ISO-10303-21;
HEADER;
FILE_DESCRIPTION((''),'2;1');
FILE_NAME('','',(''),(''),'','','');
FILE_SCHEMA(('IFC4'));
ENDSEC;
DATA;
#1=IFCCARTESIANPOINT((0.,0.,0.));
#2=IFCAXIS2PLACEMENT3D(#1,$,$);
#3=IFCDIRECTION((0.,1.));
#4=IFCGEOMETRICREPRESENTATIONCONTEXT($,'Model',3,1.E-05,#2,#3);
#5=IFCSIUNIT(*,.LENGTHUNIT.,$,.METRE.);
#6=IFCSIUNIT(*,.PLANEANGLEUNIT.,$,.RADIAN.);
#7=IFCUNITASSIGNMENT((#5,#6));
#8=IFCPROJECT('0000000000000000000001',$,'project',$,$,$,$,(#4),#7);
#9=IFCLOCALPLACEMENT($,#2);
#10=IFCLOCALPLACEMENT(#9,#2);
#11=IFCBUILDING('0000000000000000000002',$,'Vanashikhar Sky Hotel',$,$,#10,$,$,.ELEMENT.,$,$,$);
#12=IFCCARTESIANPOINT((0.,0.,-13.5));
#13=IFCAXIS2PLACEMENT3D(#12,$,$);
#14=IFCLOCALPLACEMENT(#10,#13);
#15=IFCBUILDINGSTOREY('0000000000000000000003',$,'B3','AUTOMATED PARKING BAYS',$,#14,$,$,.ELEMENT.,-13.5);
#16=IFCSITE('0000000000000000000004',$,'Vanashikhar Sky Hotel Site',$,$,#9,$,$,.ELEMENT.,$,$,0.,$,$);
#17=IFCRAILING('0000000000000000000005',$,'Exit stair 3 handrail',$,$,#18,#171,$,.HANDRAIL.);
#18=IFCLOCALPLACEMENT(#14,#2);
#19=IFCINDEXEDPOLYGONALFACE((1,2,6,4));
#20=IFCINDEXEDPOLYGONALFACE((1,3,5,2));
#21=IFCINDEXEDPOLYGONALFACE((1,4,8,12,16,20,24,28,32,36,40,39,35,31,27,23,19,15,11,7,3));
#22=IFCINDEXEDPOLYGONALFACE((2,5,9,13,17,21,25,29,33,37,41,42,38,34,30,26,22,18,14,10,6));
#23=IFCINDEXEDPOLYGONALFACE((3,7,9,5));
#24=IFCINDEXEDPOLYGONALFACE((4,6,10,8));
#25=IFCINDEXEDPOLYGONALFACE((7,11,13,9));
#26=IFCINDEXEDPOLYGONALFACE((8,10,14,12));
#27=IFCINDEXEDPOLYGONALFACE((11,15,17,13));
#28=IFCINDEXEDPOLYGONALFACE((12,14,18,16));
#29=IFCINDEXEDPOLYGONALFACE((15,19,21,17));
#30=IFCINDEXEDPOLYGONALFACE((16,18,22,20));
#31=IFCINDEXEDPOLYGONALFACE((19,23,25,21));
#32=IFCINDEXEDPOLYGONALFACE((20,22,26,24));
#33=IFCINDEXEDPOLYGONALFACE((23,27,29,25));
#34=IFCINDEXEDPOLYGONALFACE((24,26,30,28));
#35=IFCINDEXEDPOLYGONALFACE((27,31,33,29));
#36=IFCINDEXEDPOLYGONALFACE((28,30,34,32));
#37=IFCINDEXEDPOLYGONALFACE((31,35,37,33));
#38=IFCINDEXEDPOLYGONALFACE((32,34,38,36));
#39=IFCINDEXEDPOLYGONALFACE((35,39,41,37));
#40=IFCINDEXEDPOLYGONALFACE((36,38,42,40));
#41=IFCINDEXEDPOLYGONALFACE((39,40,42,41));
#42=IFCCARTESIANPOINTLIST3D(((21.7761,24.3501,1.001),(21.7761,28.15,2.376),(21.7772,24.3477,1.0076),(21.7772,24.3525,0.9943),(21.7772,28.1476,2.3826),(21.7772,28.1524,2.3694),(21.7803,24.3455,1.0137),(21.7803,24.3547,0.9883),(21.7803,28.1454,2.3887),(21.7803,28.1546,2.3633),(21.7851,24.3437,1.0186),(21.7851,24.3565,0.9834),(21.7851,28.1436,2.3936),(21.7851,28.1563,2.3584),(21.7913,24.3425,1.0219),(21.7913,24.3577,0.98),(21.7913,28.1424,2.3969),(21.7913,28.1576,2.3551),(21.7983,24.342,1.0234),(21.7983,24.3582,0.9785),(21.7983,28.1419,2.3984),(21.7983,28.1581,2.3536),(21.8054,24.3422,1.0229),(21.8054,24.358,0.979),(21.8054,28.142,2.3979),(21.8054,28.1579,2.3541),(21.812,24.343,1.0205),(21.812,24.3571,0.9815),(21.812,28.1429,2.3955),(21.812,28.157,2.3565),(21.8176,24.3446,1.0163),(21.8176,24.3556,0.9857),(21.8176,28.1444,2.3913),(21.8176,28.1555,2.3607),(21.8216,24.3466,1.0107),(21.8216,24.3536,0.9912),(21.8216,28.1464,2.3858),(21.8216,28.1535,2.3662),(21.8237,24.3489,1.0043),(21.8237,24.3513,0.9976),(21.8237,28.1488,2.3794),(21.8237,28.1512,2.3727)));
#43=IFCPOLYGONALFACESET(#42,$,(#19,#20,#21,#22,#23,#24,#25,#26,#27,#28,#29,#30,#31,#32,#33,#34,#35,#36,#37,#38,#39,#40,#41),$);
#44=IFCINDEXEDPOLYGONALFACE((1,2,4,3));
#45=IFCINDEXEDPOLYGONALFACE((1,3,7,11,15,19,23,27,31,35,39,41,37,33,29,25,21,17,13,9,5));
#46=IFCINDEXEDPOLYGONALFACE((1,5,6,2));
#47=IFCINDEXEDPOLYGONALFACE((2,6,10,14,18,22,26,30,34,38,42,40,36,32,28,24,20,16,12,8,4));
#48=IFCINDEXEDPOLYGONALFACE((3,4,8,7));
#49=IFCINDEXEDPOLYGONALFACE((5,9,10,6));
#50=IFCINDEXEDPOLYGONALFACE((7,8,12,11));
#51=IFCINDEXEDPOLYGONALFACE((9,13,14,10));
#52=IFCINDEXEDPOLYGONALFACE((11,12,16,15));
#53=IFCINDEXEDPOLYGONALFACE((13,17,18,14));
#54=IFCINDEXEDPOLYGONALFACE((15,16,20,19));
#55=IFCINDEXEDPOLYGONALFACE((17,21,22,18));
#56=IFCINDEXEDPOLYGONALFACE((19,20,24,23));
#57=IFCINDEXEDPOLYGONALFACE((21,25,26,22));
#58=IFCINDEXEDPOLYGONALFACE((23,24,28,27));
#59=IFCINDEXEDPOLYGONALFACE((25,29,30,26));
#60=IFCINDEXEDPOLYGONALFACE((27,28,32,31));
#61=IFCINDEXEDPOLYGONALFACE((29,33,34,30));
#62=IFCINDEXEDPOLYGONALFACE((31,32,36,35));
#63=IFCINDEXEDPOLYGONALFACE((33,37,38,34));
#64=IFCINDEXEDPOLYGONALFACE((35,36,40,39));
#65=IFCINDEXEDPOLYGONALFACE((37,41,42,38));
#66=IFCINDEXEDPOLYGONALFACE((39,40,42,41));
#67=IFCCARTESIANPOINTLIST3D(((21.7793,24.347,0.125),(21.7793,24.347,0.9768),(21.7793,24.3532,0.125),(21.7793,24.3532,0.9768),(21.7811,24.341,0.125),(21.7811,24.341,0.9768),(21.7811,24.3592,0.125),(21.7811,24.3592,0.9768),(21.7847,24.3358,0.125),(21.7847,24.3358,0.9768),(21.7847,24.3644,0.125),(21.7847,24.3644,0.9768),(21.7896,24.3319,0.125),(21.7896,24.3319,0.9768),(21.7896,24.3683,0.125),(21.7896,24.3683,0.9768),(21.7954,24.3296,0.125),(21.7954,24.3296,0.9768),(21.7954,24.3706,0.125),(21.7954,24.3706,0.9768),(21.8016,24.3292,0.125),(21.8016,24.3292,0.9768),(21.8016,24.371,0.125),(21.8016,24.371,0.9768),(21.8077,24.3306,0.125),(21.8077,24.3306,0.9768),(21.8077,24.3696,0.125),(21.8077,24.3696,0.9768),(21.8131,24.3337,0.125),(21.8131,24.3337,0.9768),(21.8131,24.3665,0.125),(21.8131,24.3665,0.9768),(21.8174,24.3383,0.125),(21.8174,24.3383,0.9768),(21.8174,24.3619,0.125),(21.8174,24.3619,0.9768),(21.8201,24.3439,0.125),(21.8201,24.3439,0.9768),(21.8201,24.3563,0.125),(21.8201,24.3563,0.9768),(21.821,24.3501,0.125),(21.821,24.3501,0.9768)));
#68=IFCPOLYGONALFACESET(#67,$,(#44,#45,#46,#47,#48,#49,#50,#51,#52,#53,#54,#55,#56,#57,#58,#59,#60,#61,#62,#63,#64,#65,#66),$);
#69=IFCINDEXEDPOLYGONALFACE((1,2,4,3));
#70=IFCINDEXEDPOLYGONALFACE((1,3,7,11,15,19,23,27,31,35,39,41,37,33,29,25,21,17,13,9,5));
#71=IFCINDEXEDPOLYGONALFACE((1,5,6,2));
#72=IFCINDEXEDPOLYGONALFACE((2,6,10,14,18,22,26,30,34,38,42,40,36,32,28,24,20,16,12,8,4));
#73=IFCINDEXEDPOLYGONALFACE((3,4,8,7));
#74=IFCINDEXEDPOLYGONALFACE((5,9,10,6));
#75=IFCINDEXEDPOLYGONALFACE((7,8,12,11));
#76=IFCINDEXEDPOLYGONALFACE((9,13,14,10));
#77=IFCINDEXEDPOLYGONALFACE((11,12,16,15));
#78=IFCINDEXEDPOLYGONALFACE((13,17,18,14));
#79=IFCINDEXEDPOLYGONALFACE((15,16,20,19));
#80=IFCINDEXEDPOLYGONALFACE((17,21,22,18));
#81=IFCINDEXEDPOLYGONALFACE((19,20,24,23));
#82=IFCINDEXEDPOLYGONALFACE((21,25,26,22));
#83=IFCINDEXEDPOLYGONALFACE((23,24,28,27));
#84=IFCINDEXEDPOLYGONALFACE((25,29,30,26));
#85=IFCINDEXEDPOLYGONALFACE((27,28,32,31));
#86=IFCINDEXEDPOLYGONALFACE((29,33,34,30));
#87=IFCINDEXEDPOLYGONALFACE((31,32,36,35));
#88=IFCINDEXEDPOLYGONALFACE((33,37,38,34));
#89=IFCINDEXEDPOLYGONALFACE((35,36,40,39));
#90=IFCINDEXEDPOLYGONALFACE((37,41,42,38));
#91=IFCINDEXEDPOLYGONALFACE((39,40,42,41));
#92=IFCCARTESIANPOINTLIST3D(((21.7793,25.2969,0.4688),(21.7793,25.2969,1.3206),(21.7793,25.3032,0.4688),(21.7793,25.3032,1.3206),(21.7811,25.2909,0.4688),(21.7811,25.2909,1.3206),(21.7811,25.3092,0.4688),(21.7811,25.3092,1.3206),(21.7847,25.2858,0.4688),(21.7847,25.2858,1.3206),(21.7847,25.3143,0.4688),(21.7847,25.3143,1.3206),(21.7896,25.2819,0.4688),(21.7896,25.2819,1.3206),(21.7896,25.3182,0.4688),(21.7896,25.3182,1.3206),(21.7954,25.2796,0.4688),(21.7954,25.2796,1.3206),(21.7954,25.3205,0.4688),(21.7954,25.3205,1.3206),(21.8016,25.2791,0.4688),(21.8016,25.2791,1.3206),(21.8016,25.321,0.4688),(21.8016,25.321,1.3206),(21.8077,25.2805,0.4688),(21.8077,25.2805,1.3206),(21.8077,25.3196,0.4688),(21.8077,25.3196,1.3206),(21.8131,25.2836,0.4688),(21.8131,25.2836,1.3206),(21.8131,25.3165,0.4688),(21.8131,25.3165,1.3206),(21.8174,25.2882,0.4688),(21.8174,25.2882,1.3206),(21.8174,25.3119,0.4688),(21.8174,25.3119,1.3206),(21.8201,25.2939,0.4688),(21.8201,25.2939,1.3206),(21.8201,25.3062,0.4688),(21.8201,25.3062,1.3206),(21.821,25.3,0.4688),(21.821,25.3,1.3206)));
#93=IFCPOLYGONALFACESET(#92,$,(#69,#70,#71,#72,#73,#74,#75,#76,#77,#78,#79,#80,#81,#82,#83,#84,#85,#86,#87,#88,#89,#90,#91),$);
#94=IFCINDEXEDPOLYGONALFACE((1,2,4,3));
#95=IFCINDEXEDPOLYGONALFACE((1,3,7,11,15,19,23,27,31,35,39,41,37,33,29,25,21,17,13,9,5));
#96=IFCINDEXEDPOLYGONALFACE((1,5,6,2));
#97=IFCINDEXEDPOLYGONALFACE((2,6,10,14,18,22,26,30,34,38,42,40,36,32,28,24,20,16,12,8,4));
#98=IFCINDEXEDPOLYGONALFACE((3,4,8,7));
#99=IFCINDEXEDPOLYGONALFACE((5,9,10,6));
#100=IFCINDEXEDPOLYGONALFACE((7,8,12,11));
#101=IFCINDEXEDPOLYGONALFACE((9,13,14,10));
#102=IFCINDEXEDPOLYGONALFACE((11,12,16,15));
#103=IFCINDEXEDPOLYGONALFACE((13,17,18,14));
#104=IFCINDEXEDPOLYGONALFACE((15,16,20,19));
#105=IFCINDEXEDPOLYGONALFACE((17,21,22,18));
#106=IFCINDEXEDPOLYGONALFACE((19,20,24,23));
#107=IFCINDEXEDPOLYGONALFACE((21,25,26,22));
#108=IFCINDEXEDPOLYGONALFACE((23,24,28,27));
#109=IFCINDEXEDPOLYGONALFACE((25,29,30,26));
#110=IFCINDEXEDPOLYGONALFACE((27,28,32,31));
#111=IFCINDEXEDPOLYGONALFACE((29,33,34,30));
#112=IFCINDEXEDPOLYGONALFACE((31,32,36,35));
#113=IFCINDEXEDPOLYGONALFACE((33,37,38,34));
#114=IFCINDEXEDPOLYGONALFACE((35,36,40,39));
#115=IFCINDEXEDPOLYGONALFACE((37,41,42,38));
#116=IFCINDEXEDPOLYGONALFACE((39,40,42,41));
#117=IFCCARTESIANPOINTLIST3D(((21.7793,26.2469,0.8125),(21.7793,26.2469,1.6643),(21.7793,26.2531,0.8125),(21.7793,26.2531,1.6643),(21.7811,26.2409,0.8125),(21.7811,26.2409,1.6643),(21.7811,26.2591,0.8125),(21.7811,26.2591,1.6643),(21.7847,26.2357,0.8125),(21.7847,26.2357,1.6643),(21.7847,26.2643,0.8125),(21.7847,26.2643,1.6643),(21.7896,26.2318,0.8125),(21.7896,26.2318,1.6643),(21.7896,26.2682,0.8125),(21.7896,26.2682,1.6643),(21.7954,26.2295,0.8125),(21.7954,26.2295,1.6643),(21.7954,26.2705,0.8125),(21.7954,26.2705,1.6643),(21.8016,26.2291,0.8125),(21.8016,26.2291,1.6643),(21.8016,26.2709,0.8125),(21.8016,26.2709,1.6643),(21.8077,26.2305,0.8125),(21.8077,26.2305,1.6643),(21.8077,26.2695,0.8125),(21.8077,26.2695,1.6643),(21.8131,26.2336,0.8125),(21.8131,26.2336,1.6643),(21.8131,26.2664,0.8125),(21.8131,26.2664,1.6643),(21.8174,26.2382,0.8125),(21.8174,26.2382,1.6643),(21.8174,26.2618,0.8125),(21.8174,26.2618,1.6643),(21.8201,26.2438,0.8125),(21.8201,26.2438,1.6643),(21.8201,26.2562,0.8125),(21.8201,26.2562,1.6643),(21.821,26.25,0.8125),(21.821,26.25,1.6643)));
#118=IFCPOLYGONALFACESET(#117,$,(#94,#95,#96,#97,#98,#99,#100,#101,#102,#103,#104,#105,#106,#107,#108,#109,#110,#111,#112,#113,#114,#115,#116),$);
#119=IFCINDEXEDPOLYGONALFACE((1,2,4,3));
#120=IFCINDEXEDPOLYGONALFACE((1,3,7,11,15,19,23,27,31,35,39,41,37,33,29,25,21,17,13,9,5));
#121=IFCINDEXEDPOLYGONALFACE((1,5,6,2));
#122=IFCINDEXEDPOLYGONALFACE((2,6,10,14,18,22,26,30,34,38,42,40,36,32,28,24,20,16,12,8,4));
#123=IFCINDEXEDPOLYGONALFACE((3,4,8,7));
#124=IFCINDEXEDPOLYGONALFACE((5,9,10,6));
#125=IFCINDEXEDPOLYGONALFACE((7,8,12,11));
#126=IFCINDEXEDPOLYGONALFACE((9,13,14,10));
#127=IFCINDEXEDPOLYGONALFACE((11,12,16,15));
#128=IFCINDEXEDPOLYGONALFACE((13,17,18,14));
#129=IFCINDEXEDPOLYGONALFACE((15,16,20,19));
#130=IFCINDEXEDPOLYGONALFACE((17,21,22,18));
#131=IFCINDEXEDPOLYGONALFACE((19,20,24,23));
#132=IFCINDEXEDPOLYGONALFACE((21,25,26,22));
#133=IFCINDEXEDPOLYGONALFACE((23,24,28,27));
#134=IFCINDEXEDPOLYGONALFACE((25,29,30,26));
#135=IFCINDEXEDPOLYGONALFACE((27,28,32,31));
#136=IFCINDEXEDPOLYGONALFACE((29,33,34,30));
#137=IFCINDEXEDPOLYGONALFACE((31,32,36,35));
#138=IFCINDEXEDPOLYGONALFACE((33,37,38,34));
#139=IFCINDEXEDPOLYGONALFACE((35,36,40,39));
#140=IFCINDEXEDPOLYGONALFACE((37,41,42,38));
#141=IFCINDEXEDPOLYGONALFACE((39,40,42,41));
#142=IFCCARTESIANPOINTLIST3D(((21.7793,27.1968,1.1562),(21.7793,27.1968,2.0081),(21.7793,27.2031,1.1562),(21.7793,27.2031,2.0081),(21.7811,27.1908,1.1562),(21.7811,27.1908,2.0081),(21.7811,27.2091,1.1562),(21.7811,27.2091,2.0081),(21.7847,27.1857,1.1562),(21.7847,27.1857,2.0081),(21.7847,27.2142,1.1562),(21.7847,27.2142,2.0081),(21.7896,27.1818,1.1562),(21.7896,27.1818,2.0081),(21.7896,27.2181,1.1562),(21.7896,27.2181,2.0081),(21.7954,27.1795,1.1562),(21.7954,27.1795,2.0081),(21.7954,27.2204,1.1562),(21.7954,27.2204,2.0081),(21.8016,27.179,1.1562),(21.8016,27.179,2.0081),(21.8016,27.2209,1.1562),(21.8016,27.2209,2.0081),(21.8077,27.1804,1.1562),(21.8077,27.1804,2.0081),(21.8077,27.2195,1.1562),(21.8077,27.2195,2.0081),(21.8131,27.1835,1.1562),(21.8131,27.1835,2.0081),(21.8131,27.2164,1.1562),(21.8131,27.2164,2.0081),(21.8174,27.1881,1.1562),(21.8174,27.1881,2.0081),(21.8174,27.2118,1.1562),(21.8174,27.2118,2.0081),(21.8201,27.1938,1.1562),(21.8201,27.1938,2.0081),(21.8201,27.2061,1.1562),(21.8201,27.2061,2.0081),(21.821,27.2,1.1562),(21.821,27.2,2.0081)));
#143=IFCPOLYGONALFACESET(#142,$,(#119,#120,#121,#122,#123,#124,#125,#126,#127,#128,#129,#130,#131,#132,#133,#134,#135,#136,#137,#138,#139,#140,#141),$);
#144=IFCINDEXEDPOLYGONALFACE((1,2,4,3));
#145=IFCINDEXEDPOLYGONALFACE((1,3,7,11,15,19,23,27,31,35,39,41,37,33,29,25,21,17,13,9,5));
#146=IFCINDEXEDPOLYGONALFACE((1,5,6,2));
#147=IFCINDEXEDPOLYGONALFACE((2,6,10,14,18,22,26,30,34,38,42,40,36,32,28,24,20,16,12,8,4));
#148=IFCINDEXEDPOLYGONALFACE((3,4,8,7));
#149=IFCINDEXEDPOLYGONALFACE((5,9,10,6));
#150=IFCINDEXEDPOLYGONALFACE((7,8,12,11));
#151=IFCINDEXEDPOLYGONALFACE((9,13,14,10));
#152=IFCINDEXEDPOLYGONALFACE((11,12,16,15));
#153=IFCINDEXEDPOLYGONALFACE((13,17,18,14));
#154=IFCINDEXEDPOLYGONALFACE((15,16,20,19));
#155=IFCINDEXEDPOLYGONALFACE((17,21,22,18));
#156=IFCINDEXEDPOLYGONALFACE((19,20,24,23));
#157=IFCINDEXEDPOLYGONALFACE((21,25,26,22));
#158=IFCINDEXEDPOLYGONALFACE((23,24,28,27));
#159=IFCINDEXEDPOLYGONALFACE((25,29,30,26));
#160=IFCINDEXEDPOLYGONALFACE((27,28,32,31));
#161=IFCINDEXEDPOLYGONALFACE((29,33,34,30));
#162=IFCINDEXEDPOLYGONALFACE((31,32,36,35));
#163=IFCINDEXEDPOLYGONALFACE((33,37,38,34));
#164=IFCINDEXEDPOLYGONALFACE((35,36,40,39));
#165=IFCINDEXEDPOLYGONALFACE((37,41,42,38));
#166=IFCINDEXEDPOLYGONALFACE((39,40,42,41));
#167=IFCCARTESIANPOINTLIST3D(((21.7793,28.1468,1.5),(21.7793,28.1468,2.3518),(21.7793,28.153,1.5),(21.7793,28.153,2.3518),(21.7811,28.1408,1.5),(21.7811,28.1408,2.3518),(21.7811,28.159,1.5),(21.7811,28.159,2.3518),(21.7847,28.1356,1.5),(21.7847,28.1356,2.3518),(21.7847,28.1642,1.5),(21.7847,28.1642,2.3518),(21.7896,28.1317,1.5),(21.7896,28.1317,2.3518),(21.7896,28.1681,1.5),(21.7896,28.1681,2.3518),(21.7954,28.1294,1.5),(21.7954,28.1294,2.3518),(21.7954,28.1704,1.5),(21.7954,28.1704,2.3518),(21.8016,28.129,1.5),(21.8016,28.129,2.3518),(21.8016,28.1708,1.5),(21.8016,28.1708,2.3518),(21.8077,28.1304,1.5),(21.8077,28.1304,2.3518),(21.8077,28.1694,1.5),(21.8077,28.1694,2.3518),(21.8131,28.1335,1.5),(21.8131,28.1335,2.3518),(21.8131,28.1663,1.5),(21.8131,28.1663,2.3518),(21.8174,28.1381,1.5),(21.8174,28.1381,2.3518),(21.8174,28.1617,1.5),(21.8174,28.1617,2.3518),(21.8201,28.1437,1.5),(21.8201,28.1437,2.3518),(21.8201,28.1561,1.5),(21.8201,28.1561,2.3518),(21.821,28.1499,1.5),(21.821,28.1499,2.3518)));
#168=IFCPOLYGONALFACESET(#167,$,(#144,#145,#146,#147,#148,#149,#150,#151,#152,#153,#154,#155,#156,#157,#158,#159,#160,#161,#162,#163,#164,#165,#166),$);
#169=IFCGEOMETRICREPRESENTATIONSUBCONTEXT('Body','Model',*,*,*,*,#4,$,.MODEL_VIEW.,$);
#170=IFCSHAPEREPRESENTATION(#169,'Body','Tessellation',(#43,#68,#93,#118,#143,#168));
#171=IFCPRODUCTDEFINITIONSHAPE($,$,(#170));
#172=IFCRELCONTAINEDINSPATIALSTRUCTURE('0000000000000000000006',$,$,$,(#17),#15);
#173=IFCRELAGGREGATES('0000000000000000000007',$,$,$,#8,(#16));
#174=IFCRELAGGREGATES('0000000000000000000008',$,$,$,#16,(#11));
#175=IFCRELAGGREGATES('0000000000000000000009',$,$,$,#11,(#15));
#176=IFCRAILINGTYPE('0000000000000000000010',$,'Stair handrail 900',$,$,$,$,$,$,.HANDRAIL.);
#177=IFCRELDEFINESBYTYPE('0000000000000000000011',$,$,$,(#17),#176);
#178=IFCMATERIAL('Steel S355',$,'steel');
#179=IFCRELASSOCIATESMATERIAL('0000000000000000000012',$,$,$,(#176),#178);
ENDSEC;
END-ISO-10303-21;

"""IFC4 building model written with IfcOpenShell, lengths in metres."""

from ifc_helpers import new_model, si_unit, direction, frame, origin, origin_2d, place, context, subcontext, project, spatial, circle, extrude, source, transform, mapped, material, type_object, element, save


model = new_model("IFC4")

# Units and contexts
model_context = context("Model", 3, precision=1e-05, world=origin(), true_north=direction((0.0, 1.0)))
body_context = subcontext(model_context, "Body", "Model", "MODEL_VIEW")
ifc_project = project(units=[si_unit("LENGTHUNIT", "METRE"), si_unit("PLANEANGLEUNIT", "RADIAN")], contexts=[model_context])

# Site, building, storey
site_placement = place(None, origin())
site = spatial("IfcSite", under=ifc_project, at=site_placement, Name="Vanashikhar Sky Hotel Site", CompositionType="ELEMENT", RefElevation=0.0)
building_placement = place(site_placement, origin())
building = spatial("IfcBuilding", under=site, at=building_placement, Name="Vanashikhar Sky Hotel", CompositionType="ELEMENT")
storey_placement = place(building_placement, frame((0.0, 0.0, -13.5)))
storey = spatial("IfcBuildingStorey", under=building, at=storey_placement, Name="B3", Description="AUTOMATED PARKING BAYS", CompositionType="ELEMENT", Elevation=-13.5)

# Railing
ifc_material_1 = material(Name="Steel S355", Category="steel")
railing_type_1 = type_object("IfcRailingType", Name="Stair handrail 900", PredefinedType="HANDRAIL", material=ifc_material_1)
shared_shape_1 = source(origin(), body_context, "Body", "SweptSolid", [
    extrude(circle(Radius=0.0239, at=origin_2d()), frame((0.0, 0.0, 0.876), z_axis=(0.0, 0.940329, 0.340268), x_axis=(-1.0, 0.0, 0.0)), (0.0, 0.0, 1.0), 4.041),
    extrude(circle(Radius=0.021, at=origin_2d()), origin(), (0.0, 0.0, 1.0), 0.8518),
    extrude(circle(Radius=0.021, at=origin_2d()), frame((0.0, 0.95, 0.3438)), (0.0, 0.0, 1.0), 0.8518),
    extrude(circle(Radius=0.021, at=origin_2d()), frame((0.0, 1.8999, 0.6875)), (0.0, 0.0, 1.0), 0.8518),
    extrude(circle(Radius=0.021, at=origin_2d()), frame((0.0, 2.8499, 1.0312)), (0.0, 0.0, 1.0), 0.8518),
    extrude(circle(Radius=0.021, at=origin_2d()), frame((0.0, 3.7998, 1.375)), (0.0, 0.0, 1.0), 0.8518),
])
for number, where, name in (
    (1, (21.8, 24.3501, 0.125), "Exit stair 3 handrail"),
):
    element("IfcRailing", number, at=place(storey_placement, frame(where)), inside=storey, type_object=railing_type_1, Name=name, PredefinedType="HANDRAIL", context=body_context, shape_type="MappedRepresentation", body=[
        mapped(shared_shape_1, transform((0.0, 0.0, 0.0), scale=1.0)),
    ])

save(model, "model.ifc")
